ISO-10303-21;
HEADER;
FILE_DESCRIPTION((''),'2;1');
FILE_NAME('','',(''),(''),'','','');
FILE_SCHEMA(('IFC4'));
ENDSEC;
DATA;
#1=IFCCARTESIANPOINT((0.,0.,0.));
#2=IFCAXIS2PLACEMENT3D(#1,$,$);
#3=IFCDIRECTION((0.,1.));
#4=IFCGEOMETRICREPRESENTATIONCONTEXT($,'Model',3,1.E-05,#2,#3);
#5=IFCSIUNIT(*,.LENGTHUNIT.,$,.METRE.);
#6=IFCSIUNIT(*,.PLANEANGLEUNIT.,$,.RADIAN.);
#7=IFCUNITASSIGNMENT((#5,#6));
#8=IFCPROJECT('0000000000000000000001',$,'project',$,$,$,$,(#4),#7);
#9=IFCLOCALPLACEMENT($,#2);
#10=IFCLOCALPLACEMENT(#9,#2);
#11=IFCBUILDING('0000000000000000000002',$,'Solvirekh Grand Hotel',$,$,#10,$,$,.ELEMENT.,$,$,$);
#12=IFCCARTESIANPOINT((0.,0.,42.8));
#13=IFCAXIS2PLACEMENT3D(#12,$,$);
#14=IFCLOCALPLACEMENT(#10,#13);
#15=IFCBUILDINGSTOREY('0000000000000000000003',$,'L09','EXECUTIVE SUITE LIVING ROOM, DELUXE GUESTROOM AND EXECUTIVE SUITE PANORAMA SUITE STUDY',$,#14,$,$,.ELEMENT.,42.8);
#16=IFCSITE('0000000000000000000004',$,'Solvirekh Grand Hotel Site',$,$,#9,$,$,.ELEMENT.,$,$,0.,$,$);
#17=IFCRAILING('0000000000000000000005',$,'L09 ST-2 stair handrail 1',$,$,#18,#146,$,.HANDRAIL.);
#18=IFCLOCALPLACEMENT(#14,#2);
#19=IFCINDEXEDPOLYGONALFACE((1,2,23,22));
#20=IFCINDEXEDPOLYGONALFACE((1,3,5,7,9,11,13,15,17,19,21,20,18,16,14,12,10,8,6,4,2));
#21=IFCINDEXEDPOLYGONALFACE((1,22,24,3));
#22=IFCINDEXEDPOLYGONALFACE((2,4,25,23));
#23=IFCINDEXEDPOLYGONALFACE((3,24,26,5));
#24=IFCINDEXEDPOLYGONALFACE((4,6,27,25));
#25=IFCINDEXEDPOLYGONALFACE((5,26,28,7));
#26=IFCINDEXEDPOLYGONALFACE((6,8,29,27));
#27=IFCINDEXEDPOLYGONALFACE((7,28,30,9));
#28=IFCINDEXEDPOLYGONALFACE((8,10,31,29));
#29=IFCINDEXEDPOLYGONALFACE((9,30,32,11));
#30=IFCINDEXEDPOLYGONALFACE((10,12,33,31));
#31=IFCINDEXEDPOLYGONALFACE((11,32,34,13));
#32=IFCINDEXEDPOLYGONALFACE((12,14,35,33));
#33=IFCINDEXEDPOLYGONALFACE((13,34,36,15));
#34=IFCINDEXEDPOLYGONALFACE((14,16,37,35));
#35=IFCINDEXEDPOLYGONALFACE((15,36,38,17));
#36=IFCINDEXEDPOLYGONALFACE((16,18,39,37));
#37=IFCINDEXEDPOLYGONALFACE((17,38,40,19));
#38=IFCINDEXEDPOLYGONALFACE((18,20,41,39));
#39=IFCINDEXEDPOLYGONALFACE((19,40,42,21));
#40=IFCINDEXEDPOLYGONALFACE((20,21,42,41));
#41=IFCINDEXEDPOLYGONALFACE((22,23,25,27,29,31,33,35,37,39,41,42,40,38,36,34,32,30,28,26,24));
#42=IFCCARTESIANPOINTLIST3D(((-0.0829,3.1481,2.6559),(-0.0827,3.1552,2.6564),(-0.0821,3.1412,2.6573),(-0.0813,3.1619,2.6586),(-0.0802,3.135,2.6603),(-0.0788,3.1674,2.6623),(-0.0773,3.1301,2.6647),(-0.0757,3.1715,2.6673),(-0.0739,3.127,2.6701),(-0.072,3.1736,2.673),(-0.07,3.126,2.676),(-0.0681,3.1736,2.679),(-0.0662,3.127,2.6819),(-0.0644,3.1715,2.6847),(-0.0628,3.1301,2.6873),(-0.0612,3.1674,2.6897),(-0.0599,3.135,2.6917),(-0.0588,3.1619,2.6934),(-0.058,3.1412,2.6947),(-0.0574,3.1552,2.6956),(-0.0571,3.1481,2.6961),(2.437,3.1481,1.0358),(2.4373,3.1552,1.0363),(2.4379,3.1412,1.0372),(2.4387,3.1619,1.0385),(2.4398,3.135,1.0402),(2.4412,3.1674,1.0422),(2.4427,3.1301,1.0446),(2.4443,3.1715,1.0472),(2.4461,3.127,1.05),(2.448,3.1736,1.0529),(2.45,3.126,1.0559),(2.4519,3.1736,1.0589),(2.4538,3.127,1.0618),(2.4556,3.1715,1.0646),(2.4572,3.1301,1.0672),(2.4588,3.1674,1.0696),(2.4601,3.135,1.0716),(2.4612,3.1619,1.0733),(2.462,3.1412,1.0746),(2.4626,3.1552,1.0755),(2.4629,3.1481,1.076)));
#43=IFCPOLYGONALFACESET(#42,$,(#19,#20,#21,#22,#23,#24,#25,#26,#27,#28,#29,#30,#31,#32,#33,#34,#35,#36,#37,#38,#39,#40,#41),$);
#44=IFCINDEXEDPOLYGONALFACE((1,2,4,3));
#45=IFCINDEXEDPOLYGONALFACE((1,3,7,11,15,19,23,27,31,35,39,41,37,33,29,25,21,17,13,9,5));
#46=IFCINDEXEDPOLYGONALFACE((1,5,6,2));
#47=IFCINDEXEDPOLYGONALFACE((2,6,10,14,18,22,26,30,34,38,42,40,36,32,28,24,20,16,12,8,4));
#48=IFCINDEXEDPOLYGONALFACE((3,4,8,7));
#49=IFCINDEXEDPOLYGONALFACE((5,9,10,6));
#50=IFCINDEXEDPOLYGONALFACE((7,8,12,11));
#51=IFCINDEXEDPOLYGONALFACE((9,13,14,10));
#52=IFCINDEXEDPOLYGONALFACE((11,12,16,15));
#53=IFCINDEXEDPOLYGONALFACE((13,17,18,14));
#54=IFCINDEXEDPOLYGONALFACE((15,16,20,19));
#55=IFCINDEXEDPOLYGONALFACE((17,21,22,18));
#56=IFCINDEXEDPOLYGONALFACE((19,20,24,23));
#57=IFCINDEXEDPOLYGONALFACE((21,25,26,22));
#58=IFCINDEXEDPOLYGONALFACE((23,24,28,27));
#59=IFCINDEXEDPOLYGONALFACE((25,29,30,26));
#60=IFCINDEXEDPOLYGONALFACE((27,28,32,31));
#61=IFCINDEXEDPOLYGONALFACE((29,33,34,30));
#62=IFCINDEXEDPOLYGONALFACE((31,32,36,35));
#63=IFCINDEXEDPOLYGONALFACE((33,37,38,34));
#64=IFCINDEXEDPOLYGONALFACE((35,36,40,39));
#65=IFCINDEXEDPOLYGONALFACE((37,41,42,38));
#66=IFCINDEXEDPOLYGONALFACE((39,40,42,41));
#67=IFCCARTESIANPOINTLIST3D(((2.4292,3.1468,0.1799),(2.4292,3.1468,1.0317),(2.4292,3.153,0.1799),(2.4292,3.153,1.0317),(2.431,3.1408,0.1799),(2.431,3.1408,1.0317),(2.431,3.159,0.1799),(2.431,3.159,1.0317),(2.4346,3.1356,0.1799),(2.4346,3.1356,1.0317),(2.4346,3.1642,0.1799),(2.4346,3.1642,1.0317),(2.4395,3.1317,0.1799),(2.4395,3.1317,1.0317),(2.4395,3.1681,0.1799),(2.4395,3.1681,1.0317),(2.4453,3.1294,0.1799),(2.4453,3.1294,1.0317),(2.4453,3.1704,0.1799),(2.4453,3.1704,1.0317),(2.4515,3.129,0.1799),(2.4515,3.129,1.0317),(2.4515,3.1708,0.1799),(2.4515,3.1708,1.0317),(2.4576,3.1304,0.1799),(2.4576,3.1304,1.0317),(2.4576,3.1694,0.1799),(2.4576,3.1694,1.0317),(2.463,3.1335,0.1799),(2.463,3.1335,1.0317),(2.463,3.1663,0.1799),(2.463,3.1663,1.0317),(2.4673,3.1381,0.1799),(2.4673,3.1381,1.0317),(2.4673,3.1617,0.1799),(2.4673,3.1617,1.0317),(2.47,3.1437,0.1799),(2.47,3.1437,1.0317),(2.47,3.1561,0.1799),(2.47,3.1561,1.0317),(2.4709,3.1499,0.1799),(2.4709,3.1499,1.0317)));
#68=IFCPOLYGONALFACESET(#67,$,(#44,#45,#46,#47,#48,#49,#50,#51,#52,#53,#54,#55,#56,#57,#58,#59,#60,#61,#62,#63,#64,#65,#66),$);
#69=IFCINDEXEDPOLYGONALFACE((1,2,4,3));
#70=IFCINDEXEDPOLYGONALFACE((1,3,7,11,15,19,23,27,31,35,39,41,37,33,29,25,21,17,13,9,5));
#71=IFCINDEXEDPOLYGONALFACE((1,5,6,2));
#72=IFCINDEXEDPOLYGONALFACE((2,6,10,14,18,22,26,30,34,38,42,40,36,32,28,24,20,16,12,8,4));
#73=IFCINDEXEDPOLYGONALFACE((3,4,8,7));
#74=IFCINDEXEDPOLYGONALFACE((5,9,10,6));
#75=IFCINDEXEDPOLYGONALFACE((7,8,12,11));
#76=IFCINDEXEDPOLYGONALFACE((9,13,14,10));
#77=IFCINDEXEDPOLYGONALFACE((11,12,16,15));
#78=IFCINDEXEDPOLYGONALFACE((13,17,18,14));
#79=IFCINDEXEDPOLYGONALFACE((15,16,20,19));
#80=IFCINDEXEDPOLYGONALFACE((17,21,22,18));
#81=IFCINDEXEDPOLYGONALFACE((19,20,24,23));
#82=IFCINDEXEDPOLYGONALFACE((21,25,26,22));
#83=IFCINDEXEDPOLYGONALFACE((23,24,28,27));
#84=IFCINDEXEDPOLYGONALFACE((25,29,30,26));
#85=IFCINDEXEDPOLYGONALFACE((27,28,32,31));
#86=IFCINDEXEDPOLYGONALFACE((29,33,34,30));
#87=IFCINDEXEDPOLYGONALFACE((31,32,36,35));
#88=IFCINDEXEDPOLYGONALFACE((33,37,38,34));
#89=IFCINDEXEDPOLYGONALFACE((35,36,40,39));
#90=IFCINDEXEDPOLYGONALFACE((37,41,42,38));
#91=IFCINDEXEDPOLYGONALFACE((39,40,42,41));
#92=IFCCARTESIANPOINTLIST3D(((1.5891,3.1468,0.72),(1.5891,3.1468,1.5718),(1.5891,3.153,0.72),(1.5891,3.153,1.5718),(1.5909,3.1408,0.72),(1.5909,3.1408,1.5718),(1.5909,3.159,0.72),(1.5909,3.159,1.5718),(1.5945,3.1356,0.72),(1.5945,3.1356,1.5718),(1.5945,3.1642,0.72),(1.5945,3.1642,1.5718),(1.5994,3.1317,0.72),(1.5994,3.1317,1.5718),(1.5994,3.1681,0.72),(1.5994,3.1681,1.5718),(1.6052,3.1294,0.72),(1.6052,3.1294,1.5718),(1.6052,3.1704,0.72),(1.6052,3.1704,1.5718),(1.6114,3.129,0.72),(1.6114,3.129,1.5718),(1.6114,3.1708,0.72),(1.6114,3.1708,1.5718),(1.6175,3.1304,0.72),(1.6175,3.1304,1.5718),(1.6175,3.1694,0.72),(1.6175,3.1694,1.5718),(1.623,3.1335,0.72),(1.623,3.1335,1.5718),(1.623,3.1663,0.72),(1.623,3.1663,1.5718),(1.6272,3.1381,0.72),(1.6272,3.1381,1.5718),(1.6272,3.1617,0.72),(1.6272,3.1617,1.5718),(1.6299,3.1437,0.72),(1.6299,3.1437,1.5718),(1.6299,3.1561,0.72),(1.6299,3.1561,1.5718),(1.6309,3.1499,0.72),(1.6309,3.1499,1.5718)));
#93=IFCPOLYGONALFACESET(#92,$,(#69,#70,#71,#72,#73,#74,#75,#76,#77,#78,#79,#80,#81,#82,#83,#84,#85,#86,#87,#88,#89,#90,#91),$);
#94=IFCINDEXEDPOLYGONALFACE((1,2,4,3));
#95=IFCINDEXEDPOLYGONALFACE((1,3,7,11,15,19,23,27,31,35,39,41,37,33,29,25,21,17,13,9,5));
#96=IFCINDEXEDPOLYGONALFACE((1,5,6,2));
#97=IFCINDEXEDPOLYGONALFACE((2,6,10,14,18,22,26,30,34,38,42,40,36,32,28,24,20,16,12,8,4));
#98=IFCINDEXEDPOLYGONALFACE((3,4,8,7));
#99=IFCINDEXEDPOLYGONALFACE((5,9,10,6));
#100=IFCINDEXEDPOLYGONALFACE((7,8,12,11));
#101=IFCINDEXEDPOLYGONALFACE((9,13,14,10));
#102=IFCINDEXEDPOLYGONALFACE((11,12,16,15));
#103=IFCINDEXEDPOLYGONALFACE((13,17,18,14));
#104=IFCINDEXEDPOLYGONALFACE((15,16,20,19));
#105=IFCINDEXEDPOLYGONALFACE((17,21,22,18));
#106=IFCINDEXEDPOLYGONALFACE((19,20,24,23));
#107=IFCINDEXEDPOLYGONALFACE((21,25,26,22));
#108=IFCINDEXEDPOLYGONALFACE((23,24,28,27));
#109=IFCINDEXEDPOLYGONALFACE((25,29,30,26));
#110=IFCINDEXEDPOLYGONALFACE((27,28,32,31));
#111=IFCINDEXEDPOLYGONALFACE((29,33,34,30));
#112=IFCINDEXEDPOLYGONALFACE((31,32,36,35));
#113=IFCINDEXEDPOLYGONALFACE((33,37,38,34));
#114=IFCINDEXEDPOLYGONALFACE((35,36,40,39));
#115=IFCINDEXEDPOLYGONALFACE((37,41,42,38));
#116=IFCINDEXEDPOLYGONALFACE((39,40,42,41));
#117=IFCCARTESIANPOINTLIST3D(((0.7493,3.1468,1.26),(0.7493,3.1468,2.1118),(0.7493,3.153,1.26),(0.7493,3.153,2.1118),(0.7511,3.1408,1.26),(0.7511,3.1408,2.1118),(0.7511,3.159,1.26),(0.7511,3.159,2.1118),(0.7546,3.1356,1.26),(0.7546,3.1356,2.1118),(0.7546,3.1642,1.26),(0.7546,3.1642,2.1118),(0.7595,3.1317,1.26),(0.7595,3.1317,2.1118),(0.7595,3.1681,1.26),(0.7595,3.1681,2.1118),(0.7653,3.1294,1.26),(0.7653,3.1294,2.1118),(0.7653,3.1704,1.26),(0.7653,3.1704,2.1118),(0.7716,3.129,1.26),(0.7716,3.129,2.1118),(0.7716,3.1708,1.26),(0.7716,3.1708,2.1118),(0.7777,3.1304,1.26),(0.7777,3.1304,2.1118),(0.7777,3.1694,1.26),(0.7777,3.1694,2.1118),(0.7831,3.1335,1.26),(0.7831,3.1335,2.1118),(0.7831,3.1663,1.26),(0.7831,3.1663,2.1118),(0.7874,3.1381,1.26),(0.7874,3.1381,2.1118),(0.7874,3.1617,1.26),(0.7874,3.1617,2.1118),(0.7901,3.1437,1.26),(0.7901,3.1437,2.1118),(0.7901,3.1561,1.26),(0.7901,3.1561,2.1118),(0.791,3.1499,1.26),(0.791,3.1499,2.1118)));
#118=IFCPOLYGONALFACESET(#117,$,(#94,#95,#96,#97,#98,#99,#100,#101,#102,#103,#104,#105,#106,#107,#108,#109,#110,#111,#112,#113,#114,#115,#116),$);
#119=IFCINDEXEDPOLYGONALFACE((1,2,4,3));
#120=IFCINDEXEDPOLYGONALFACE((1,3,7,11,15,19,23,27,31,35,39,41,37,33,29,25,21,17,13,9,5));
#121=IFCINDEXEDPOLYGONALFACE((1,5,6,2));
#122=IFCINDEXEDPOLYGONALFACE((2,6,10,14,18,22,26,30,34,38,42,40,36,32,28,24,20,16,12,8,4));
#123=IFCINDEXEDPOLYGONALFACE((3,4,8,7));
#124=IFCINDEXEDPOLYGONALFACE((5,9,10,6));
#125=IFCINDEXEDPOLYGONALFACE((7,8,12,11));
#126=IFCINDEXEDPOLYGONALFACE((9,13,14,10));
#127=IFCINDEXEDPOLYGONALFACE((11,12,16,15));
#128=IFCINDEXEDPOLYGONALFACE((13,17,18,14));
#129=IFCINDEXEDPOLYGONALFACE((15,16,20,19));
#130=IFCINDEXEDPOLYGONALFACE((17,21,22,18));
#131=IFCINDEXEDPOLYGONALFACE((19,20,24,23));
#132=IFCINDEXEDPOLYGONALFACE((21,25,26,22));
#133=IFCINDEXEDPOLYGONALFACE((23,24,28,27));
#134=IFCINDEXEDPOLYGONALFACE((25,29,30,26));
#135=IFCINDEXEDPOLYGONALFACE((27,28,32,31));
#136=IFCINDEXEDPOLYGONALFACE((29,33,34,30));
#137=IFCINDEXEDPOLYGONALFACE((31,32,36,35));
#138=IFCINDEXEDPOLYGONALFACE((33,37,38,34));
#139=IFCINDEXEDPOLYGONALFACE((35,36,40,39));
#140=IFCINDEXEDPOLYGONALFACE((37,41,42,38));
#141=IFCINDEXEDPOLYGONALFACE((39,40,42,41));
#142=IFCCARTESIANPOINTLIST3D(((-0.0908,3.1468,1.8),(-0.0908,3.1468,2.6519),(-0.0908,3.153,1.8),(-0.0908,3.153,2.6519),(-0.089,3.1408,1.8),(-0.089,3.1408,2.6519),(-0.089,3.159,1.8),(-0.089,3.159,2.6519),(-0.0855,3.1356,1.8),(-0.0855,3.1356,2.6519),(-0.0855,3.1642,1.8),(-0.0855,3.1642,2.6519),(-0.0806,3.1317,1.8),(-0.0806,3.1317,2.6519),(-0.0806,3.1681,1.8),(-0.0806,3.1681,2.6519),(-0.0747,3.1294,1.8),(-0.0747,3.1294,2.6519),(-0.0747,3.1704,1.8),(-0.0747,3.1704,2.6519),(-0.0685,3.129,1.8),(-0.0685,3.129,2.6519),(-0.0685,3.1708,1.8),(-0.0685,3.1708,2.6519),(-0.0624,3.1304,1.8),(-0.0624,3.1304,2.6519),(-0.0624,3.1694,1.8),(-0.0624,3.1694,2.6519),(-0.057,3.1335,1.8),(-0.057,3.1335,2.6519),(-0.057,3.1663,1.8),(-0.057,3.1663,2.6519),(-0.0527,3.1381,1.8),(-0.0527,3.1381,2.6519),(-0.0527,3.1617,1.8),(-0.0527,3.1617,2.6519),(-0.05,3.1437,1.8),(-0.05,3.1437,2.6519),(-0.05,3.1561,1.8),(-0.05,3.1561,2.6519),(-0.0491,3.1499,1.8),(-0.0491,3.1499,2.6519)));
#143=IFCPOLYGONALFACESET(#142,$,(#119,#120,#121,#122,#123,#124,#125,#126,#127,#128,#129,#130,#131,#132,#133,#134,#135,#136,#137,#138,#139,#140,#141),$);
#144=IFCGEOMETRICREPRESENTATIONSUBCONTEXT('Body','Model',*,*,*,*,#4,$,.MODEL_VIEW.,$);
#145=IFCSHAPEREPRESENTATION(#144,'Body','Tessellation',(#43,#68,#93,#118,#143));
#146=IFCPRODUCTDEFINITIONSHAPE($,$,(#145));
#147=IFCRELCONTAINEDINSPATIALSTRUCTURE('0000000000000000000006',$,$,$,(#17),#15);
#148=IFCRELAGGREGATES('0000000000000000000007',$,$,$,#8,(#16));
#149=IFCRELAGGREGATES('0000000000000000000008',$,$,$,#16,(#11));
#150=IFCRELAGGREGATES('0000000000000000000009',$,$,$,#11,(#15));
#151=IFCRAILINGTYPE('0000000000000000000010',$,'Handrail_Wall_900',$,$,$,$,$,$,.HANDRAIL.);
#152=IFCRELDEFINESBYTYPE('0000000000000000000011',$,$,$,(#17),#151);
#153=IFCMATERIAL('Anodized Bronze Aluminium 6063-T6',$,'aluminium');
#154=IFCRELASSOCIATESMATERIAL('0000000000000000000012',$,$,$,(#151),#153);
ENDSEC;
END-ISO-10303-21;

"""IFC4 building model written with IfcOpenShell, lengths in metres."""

from ifc_helpers import new_model, si_unit, direction, frame, origin, origin_2d, place, context, subcontext, project, spatial, circle, extrude, material, type_object, element, save


model = new_model("IFC4")

# Units and contexts
model_context = context("Model", 3, precision=1e-05, world=origin(), true_north=direction((0.0, 1.0)))
body_context = subcontext(model_context, "Body", "Model", "MODEL_VIEW")
ifc_project = project(units=[si_unit("LENGTHUNIT", "METRE"), si_unit("PLANEANGLEUNIT", "RADIAN")], contexts=[model_context])

# Site, building, storey
site_placement = place(None, origin())
site = spatial("IfcSite", under=ifc_project, at=site_placement, Name="Solvirekh Grand Hotel Site", CompositionType="ELEMENT", RefElevation=0.0)
building_placement = place(site_placement, origin())
building = spatial("IfcBuilding", under=site, at=building_placement, Name="Solvirekh Grand Hotel", CompositionType="ELEMENT")
storey_placement = place(building_placement, frame((0.0, 0.0, 42.8)))
storey = spatial("IfcBuildingStorey", under=building, at=storey_placement, Name="L09", Description="EXECUTIVE SUITE LIVING ROOM, DELUXE GUESTROOM AND EXECUTIVE SUITE PANORAMA SUITE STUDY", CompositionType="ELEMENT", Elevation=42.8)

# Shared definitions
ifc_material_1 = material(Name="Anodized Bronze Aluminium 6063-T6", Category="aluminium")

# Railing
railing_type_1 = type_object("IfcRailingType", Name="Handrail_Wall_900", PredefinedType="HANDRAIL", material=ifc_material_1)
railing_1_placement = place(storey_placement, frame((2.45, 3.1499, 0.1799)))
element("IfcRailing", 1, at=railing_1_placement, inside=storey, type_object=railing_type_1, Name="L09 ST-2 stair handrail 1", PredefinedType="HANDRAIL", context=body_context, shape_type="SweptSolid", body=[
    extrude(circle(Radius=0.0239, at=origin_2d()), frame((0.0, 0.0, 0.876), z_axis=(-0.841163, 0.0, 0.540782), x_axis=(0.0, -1.0, 0.0)), (0.0, 0.0, 1.0), 2.9958),
    extrude(circle(Radius=0.021, at=origin_2d()), origin(), (0.0, 0.0, 1.0), 0.8518),
    extrude(circle(Radius=0.021, at=origin_2d()), frame((-0.8401, 0.0, 0.54)), (0.0, 0.0, 1.0), 0.8518),
    extrude(circle(Radius=0.021, at=origin_2d()), frame((-1.6799, 0.0, 1.0801)), (0.0, 0.0, 1.0), 0.8518),
    extrude(circle(Radius=0.021, at=origin_2d()), frame((-2.52, 0.0, 1.6201)), (0.0, 0.0, 1.0), 0.8518),
])

save(model, "model.ifc")
